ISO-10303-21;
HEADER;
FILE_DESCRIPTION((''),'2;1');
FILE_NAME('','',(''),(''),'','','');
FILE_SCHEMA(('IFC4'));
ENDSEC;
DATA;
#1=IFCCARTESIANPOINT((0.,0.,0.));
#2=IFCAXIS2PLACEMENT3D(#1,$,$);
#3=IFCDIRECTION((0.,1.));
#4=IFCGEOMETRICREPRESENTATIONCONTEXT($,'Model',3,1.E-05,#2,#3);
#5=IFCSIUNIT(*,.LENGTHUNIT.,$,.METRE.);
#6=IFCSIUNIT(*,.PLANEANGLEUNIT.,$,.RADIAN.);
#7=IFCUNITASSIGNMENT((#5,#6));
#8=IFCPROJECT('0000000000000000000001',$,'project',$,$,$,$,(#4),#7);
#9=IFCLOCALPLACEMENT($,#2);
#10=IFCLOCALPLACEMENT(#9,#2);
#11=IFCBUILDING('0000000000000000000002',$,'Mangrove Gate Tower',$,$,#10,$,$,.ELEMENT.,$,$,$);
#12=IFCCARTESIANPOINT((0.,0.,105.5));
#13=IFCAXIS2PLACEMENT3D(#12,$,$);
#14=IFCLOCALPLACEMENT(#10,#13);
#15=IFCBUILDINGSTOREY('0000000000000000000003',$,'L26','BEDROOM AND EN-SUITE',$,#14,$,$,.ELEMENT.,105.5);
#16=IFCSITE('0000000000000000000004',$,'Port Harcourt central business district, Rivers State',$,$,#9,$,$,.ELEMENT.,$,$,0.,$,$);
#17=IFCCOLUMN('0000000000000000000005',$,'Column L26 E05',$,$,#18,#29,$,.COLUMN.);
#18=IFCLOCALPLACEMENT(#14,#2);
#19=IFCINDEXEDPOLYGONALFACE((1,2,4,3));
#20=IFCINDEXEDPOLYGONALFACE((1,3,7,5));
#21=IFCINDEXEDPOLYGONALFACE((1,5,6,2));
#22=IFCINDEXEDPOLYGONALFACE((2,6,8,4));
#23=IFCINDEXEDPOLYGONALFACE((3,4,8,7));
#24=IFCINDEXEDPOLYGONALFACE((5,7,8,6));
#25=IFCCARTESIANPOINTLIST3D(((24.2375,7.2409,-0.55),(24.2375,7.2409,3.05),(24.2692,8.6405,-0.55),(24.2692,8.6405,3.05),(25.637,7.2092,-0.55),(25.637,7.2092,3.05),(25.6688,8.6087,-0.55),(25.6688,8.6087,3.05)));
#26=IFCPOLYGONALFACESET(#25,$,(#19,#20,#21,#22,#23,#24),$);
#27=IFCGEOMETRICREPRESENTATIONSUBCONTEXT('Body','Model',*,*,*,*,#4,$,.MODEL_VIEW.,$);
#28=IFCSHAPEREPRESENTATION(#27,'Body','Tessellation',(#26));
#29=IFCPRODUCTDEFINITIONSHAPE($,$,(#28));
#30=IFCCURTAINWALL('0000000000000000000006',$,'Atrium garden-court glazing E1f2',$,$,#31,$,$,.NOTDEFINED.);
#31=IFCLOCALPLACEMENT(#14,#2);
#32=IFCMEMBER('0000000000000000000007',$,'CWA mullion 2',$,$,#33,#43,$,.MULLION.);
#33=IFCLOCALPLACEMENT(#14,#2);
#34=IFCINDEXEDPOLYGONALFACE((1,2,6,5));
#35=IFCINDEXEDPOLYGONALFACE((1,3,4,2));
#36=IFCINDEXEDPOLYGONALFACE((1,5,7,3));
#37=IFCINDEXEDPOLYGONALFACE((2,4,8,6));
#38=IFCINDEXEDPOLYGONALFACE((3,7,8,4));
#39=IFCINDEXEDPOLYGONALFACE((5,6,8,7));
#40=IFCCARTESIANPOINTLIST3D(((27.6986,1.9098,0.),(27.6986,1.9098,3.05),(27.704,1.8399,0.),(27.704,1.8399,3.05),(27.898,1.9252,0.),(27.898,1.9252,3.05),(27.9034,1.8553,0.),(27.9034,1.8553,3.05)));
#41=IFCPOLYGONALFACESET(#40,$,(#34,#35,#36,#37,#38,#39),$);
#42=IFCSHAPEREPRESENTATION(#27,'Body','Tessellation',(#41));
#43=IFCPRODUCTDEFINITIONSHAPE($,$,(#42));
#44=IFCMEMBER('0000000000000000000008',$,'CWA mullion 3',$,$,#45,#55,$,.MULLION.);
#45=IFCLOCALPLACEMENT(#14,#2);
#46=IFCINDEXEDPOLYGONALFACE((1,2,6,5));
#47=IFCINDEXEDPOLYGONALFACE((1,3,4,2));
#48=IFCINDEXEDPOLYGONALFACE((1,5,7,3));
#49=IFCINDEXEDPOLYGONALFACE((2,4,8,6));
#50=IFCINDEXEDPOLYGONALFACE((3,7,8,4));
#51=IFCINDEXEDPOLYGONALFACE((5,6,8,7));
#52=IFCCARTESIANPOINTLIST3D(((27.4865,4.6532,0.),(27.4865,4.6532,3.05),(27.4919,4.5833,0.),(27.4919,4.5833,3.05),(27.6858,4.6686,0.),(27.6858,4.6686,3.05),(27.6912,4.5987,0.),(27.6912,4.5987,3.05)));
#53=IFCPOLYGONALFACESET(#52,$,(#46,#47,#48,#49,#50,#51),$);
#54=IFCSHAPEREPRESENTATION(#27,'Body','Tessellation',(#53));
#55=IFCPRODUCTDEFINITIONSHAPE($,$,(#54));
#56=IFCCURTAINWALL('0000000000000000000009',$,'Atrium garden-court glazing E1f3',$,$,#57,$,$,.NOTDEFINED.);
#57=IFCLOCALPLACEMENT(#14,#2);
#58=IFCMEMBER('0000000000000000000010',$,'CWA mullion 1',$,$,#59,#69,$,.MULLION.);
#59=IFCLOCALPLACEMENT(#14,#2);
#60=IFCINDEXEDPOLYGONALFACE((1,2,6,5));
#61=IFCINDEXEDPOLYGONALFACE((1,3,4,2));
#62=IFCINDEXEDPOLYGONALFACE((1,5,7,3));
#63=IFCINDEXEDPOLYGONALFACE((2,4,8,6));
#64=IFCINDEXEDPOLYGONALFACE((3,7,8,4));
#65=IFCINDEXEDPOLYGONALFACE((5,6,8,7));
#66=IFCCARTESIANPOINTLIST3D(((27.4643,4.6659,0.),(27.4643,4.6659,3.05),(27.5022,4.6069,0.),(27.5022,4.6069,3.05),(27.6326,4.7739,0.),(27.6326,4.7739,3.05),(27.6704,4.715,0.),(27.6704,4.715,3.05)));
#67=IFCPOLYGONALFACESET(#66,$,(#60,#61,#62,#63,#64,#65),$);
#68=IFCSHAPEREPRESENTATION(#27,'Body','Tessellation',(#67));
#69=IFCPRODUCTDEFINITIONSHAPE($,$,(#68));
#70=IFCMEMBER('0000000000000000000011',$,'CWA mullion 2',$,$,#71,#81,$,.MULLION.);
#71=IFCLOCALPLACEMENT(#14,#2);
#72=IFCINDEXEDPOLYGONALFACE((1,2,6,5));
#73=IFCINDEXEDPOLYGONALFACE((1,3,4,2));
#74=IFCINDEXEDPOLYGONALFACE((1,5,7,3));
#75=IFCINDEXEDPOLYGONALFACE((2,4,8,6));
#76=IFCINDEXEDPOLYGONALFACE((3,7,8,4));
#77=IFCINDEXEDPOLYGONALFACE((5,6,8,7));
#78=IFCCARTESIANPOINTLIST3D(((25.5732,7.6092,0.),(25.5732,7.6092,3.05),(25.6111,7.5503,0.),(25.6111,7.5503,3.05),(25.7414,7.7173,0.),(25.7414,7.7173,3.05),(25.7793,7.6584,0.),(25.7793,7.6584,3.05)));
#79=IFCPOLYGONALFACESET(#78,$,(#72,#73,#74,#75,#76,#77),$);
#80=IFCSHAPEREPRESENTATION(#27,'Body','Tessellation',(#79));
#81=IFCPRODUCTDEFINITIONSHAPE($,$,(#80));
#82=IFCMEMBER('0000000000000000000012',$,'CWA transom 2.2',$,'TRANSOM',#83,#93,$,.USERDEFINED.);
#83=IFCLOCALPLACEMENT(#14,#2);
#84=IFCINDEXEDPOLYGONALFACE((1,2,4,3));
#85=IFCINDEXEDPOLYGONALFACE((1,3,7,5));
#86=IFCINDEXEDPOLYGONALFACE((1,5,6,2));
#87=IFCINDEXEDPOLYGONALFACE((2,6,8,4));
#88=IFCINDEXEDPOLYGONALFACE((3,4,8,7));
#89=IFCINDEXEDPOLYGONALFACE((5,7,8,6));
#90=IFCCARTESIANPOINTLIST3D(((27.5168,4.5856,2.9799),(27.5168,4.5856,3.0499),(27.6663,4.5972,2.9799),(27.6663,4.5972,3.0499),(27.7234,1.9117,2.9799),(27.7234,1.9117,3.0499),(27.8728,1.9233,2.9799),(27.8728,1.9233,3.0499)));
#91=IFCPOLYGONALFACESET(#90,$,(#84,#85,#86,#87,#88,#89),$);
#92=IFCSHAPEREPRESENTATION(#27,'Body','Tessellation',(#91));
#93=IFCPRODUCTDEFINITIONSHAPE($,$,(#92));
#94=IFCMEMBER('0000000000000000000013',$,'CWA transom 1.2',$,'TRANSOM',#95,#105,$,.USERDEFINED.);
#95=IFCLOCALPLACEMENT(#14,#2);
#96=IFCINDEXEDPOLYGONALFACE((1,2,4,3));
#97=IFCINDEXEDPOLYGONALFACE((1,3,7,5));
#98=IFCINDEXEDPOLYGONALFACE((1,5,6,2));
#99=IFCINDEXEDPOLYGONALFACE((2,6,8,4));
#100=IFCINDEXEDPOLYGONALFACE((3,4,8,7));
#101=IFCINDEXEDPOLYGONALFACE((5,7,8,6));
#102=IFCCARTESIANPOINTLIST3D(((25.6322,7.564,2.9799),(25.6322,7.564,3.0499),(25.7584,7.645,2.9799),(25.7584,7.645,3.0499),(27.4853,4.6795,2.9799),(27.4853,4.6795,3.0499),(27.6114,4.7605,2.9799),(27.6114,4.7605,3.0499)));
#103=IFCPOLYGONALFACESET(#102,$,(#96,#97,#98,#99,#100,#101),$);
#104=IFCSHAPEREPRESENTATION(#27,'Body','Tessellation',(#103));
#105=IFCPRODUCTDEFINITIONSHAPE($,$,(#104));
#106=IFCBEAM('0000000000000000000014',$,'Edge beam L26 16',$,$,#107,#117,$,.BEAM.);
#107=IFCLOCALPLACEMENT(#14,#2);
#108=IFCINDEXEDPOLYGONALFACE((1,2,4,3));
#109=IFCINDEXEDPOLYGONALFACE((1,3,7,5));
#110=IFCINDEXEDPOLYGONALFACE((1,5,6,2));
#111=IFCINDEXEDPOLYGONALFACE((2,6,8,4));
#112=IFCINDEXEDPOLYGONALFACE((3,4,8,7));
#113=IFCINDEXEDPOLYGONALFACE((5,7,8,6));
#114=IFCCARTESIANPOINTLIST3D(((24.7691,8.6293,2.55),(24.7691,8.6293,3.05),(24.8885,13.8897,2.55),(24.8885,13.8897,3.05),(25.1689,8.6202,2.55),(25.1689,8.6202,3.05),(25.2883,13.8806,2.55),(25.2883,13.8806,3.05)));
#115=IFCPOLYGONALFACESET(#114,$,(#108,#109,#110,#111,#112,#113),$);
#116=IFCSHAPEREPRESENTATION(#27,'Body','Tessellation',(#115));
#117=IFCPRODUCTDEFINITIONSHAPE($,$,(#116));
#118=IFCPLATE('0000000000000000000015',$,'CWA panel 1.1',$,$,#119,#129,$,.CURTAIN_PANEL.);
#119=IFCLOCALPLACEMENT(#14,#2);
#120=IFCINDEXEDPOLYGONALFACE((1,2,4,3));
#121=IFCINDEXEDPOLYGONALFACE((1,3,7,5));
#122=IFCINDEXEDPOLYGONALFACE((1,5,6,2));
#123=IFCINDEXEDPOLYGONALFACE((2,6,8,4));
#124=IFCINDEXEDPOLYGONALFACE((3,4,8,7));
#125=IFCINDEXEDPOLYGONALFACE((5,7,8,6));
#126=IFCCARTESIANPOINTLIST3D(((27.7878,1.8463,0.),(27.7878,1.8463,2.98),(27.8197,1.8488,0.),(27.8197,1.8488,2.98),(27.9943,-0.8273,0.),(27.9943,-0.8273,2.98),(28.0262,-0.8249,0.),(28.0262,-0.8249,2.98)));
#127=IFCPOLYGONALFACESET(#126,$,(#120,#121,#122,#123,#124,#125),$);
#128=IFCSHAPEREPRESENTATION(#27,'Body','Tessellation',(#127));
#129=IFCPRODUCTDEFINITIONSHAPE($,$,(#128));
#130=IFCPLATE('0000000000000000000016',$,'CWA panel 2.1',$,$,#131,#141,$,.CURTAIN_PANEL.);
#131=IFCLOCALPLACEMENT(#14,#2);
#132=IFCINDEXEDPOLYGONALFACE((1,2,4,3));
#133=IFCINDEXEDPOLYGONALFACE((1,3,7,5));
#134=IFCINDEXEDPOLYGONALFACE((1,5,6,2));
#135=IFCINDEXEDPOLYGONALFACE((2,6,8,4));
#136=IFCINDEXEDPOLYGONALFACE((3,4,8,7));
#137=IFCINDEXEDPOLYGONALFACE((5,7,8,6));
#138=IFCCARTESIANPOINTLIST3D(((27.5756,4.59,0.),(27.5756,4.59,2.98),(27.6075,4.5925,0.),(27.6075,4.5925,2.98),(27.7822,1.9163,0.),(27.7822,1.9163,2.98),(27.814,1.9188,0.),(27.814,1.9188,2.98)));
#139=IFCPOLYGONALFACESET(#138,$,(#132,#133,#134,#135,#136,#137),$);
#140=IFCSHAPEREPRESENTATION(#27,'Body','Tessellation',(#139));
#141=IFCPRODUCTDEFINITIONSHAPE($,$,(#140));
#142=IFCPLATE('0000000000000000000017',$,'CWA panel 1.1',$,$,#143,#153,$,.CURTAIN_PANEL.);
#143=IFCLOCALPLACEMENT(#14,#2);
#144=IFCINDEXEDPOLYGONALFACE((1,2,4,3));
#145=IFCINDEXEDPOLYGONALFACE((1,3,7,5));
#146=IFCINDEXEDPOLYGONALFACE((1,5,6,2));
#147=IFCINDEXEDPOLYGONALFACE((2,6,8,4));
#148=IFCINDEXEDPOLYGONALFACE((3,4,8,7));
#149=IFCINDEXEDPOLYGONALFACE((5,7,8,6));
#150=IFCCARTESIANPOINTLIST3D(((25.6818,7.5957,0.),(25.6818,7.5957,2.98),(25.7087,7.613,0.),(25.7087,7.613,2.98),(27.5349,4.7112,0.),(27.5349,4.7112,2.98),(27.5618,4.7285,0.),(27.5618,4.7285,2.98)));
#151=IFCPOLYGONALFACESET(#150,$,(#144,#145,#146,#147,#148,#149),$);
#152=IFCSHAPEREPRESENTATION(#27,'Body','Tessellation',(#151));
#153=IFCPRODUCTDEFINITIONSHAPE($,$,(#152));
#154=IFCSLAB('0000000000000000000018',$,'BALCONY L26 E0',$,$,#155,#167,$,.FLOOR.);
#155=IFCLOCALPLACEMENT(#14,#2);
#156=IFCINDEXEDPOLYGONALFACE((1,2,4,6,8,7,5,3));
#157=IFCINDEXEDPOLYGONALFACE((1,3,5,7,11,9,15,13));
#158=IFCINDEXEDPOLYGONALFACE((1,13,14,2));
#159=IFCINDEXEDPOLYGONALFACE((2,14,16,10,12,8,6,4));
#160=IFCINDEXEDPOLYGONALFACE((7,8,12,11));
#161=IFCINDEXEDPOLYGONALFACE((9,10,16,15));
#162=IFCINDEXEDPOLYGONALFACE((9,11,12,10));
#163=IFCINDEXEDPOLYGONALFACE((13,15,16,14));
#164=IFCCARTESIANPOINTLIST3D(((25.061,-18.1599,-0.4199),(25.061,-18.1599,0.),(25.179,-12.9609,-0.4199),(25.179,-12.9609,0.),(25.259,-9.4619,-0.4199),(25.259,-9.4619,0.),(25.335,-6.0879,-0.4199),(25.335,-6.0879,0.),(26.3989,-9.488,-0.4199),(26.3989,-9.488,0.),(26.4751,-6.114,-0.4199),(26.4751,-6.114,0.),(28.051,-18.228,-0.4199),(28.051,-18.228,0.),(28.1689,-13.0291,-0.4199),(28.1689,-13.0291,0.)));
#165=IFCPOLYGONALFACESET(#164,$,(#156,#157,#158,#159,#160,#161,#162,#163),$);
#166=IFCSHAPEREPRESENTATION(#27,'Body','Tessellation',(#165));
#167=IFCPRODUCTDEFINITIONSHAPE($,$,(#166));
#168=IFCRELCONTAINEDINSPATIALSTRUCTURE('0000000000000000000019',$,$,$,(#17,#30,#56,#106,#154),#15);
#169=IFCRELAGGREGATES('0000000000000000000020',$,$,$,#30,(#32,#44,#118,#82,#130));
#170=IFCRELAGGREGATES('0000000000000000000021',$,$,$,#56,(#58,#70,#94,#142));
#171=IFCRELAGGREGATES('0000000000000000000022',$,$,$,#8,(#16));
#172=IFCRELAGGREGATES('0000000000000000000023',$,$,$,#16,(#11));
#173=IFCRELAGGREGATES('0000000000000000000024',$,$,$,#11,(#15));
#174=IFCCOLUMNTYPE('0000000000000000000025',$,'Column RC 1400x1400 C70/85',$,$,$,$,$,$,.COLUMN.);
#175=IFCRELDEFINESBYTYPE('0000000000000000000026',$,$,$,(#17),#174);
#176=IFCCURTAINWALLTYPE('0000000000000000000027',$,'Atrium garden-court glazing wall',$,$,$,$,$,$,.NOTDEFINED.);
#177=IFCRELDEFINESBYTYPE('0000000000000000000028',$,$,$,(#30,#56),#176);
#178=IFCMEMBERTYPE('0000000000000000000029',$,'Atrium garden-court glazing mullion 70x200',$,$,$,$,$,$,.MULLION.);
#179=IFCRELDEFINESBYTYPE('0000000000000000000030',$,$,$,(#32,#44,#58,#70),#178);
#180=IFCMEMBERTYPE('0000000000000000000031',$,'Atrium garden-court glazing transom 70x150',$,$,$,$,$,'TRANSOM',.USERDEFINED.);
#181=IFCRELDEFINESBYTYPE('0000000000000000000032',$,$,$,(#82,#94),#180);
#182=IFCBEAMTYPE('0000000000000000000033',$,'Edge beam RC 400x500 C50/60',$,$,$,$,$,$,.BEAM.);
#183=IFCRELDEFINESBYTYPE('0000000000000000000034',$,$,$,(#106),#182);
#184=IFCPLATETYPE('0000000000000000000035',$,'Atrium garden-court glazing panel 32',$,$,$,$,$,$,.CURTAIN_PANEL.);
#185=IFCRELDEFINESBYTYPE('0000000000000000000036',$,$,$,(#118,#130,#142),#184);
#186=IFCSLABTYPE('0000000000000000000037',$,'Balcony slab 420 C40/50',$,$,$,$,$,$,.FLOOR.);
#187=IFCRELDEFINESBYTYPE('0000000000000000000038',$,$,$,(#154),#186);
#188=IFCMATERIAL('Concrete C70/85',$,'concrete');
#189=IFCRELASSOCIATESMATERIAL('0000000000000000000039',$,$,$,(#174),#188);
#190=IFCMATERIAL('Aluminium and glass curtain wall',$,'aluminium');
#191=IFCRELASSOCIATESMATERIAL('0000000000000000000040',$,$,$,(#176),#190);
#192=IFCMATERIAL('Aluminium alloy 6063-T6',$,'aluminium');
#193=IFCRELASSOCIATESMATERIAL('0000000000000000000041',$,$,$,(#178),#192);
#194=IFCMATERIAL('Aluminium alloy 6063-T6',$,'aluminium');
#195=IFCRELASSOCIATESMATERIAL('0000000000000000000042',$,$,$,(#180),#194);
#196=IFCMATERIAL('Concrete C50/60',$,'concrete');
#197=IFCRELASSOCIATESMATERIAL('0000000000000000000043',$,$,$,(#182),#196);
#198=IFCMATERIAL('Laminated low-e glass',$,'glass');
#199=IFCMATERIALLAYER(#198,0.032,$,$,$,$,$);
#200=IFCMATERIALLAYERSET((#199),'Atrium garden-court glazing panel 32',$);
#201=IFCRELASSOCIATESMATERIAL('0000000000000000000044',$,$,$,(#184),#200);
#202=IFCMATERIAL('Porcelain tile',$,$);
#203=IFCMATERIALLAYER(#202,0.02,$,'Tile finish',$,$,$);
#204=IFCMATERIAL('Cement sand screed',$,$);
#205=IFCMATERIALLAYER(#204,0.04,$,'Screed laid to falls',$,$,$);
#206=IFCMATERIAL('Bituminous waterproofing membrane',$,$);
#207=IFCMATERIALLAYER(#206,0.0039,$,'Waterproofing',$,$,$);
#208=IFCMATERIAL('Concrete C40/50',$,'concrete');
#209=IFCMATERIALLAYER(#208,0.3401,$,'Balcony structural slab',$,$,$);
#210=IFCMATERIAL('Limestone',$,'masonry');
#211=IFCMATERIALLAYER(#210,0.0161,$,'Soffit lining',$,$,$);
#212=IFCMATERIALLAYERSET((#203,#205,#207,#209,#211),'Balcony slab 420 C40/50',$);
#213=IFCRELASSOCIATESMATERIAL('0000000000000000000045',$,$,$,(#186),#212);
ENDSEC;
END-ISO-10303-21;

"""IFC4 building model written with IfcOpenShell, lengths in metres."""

from ifc_helpers import new_model, si_unit, direction, frame, origin, origin_2d, place, context, subcontext, project, spatial, polyline, rectangle, outline, extrude, material, layer, layer_set, material_profile, profile_set, type_object, element, aggregate, save


model = new_model("IFC4")

# Units and contexts
model_context = context("Model", 3, precision=1e-05, world=origin(), true_north=direction((0.0, 1.0)))
body_context = subcontext(model_context, "Body", "Model", "MODEL_VIEW")
ifc_project = project(units=[si_unit("LENGTHUNIT", "METRE"), si_unit("PLANEANGLEUNIT", "RADIAN")], contexts=[model_context])

# Site, building, storey
site_placement = place(None, origin())
site = spatial("IfcSite", under=ifc_project, at=site_placement, Name="Port Harcourt central business district, Rivers State", CompositionType="ELEMENT", RefElevation=0.0)
building_placement = place(site_placement, origin())
building = spatial("IfcBuilding", under=site, at=building_placement, Name="Mangrove Gate Tower", CompositionType="ELEMENT")
storey_placement = place(building_placement, frame((0.0, 0.0, 105.5)))
storey = spatial("IfcBuildingStorey", under=building, at=storey_placement, Name="L26", Description="BEDROOM AND EN-SUITE", CompositionType="ELEMENT", Elevation=105.5)

# Column
ifc_material_1 = material(Name="Concrete C70/85", Category="concrete")
ifc_material_profile_1 = material_profile(ifc_material_1, rectangle(XDim=1.3999, YDim=1.3999, at=origin_2d()))
ifc_profile_set_1 = profile_set([ifc_material_profile_1], Name="Concrete C70/85")
column_type = type_object("IfcColumnType", Name="Column RC 1400x1400 C70/85", PredefinedType="COLUMN", material=ifc_profile_set_1)
column_placement = place(storey_placement, frame((24.9531, 7.9248, -0.55), z_axis=(0.0, 0.0, 1.0), x_axis=(0.022682, 0.999743, 0.0)))
element("IfcColumn", 1, at=column_placement, inside=storey, type_object=column_type, Name="Column L26 E05", PredefinedType="COLUMN", context=body_context, shape_type="SweptSolid", body=[
    extrude(rectangle(XDim=1.3999, YDim=1.3999, at=origin_2d()), origin(), (0.0, 0.0, 1.0), 3.6001),
])

# Curtain walls, members
ifc_material_2 = material(Name="Aluminium and glass curtain wall", Category="aluminium")
curtain_wall_type = type_object("IfcCurtainWallType", Name="Atrium garden-court glazing wall", PredefinedType="NOTDEFINED", material=ifc_material_2)
curtain_wall_1_placement = place(storey_placement, origin())
curtain_wall_1 = element("IfcCurtainWall", 2, at=curtain_wall_1_placement, inside=storey, type_object=curtain_wall_type, Name="Atrium garden-court glazing E1f2", PredefinedType="NOTDEFINED")
ifc_material_3 = material(Name="Aluminium alloy 6063-T6", Category="aluminium")
ifc_material_profile_2 = material_profile(ifc_material_3, rectangle(XDim=0.0701, YDim=0.2, at=origin_2d()))
ifc_profile_set_2 = profile_set([ifc_material_profile_2], Name="Aluminium alloy 6063-T6")
member_type_1 = type_object("IfcMemberType", Name="Atrium garden-court glazing mullion 70x200", PredefinedType="MULLION", material=ifc_profile_set_2)
member_1_placement = place(storey_placement, frame((27.801, 1.8826, 0.0), z_axis=(0.0, 0.0, 1.0), x_axis=(-0.077023, 0.997029, 0.0)))
member_1 = element("IfcMember", 3, at=member_1_placement, type_object=member_type_1, Name="CWA mullion 2", PredefinedType="MULLION", context=body_context, shape_type="SweptSolid", body=[
    extrude(rectangle(XDim=0.0701, YDim=0.2, at=origin_2d()), origin(), (0.0, 0.0, 1.0), 3.05),
])
member_2_placement = place(storey_placement, frame((27.5889, 4.626, 0.0), z_axis=(0.0, 0.0, 1.0), x_axis=(-0.077023, 0.997029, 0.0)))
member_2 = element("IfcMember", 4, at=member_2_placement, type_object=member_type_1, Name="CWA mullion 3", PredefinedType="MULLION", context=body_context, shape_type="SweptSolid", body=[
    extrude(rectangle(XDim=0.0701, YDim=0.2, at=origin_2d()), origin(), (0.0, 0.0, 1.0), 3.05),
])
curtain_wall_2_placement = place(storey_placement, origin())
curtain_wall_2 = element("IfcCurtainWall", 5, at=curtain_wall_2_placement, inside=storey, type_object=curtain_wall_type, Name="Atrium garden-court glazing E1f3", PredefinedType="NOTDEFINED")
member_3_placement = place(storey_placement, frame((27.5674, 4.6904, 0.0), z_axis=(0.0, 0.0, 1.0), x_axis=(-0.540511, 0.841337, 0.0)))
member_3 = element("IfcMember", 6, at=member_3_placement, type_object=member_type_1, Name="CWA mullion 1", PredefinedType="MULLION", context=body_context, shape_type="SweptSolid", body=[
    extrude(rectangle(XDim=0.0701, YDim=0.2, at=origin_2d()), origin(), (0.0, 0.0, 1.0), 3.05),
])
member_4_placement = place(storey_placement, frame((25.6763, 7.6338, 0.0), z_axis=(0.0, 0.0, 1.0), x_axis=(-0.540511, 0.841337, 0.0)))
member_4 = element("IfcMember", 7, at=member_4_placement, type_object=member_type_1, Name="CWA mullion 2", PredefinedType="MULLION", context=body_context, shape_type="SweptSolid", body=[
    extrude(rectangle(XDim=0.0701, YDim=0.2, at=origin_2d()), origin(), (0.0, 0.0, 1.0), 3.05),
])

# Members
ifc_material_4 = material(Name="Aluminium alloy 6063-T6", Category="aluminium")
ifc_material_profile_3 = material_profile(ifc_material_4, rectangle(XDim=0.0701, YDim=0.1499, at=origin_2d()))
ifc_profile_set_3 = profile_set([ifc_material_profile_3], Name="Aluminium alloy 6063-T6")
member_type_2 = type_object("IfcMemberType", Name="Atrium garden-court glazing transom 70x150", ElementType="TRANSOM", PredefinedType="USERDEFINED", material=ifc_profile_set_3)
member_5_placement = place(storey_placement, frame((27.7981, 1.9175, 3.0149), z_axis=(-0.077017, 0.99703, 0.0), x_axis=(0.0, 0.0, 1.0)))
member_5 = element("IfcMember", 8, at=member_5_placement, type_object=member_type_2, Name="CWA transom 2.2", ObjectType="TRANSOM", PredefinedType="USERDEFINED", context=body_context, shape_type="SweptSolid", body=[
    extrude(rectangle(XDim=0.0701, YDim=0.1499, at=origin_2d()), origin(), (0.0, 0.0, 1.0), 2.6819),
])
member_6_placement = place(storey_placement, frame((27.5483, 4.72, 3.0149), z_axis=(-0.540488, 0.841352, 0.0), x_axis=(0.0, 0.0, 1.0)))
member_6 = element("IfcMember", 9, at=member_6_placement, type_object=member_type_2, Name="CWA transom 1.2", ObjectType="TRANSOM", PredefinedType="USERDEFINED", context=body_context, shape_type="SweptSolid", body=[
    extrude(rectangle(XDim=0.0701, YDim=0.1499, at=origin_2d()), origin(), (0.0, 0.0, 1.0), 3.4285),
])

# Beam
ifc_material_5 = material(Name="Concrete C50/60", Category="concrete")
ifc_material_profile_4 = material_profile(ifc_material_5, rectangle(XDim=0.3999, YDim=0.5, at=origin_2d()))
ifc_profile_set_4 = profile_set([ifc_material_profile_4], Name="Concrete C50/60")
beam_type = type_object("IfcBeamType", Name="Edge beam RC 400x500 C50/60", PredefinedType="BEAM", material=ifc_profile_set_4)
beam_placement = place(storey_placement, frame((24.969, 8.6248, 2.8), z_axis=(0.02269, 0.999743, 0.0), x_axis=(-0.999743, 0.02269, 0.0)))
element("IfcBeam", 10, at=beam_placement, inside=storey, type_object=beam_type, Name="Edge beam L26 16", PredefinedType="BEAM", context=body_context, shape_type="SweptSolid", body=[
    extrude(rectangle(XDim=0.3999, YDim=0.5, at=origin_2d()), origin(), (0.0, 0.0, 1.0), 5.2617),
])

# Plates
ifc_material_6 = material(Name="Laminated low-e glass", Category="glass")
ifc_layer_1 = layer(ifc_material_6, 0.032)
ifc_layer_set_1 = layer_set([ifc_layer_1], Name="Atrium garden-court glazing panel 32")
plate_type = type_object("IfcPlateType", Name="Atrium garden-court glazing panel 32", PredefinedType="CURTAIN_PANEL", material=ifc_layer_set_1)
plate_1_placement = place(storey_placement, frame((27.907, 0.5107, 0.0), z_axis=(0.0, 0.0, 1.0), x_axis=(-0.077023, 0.997029, 0.0)))
plate_1 = element("IfcPlate", 11, at=plate_1_placement, type_object=plate_type, Name="CWA panel 1.1", PredefinedType="CURTAIN_PANEL", context=body_context, shape_type="SweptSolid", body=[
    extrude(rectangle(XDim=2.6816, YDim=0.032, at=origin_2d()), origin(), (0.0, 0.0, 1.0), 2.98),
])
plate_2_placement = place(storey_placement, frame((27.6948, 3.2544, 0.0), z_axis=(0.0, 0.0, 1.0), x_axis=(-0.077023, 0.997029, 0.0)))
plate_2 = element("IfcPlate", 12, at=plate_2_placement, type_object=plate_type, Name="CWA panel 2.1", PredefinedType="CURTAIN_PANEL", context=body_context, shape_type="SweptSolid", body=[
    extrude(rectangle(XDim=2.6816, YDim=0.032, at=origin_2d()), origin(), (0.0, 0.0, 1.0), 2.98),
])
aggregate(curtain_wall_1, [member_1, member_2, plate_1, member_5, plate_2])
plate_3_placement = place(storey_placement, frame((26.6218, 6.1621, 0.0), z_axis=(0.0, 0.0, 1.0), x_axis=(-0.540511, 0.841337, 0.0)))
plate_3 = element("IfcPlate", 13, at=plate_3_placement, type_object=plate_type, Name="CWA panel 1.1", PredefinedType="CURTAIN_PANEL", context=body_context, shape_type="SweptSolid", body=[
    extrude(rectangle(XDim=3.4285, YDim=0.032, at=origin_2d()), origin(), (0.0, 0.0, 1.0), 2.98),
])
aggregate(curtain_wall_2, [member_3, member_4, member_6, plate_3])

# Slab
ifc_material_7 = material(Name="Porcelain tile")
ifc_layer_2 = layer(ifc_material_7, 0.02, Name="Tile finish")
ifc_material_8 = material(Name="Cement sand screed")
ifc_layer_3 = layer(ifc_material_8, 0.04, Name="Screed laid to falls")
ifc_material_9 = material(Name="Bituminous waterproofing membrane")
ifc_layer_4 = layer(ifc_material_9, 0.0039, Name="Waterproofing")
ifc_material_10 = material(Name="Concrete C40/50", Category="concrete")
ifc_layer_5 = layer(ifc_material_10, 0.3401, Name="Balcony structural slab")
ifc_material_11 = material(Name="Limestone", Category="masonry")
ifc_layer_6 = layer(ifc_material_11, 0.0161, Name="Soffit lining")
ifc_layer_set_2 = layer_set([ifc_layer_2, ifc_layer_3, ifc_layer_4, ifc_layer_5, ifc_layer_6], Name="Balcony slab 420 C40/50")
slab_type_1 = type_object("IfcSlabType", Name="Balcony slab 420 C40/50", PredefinedType="FLOOR", material=ifc_layer_set_2)
slab_1_placement = place(storey_placement, frame((0.0, 0.0, -0.4199)))
element("IfcSlab", 14, at=slab_1_placement, inside=storey, type_object=slab_type_1, Name="BALCONY L26 E0", PredefinedType="FLOOR", context=body_context, shape_type="SweptSolid", body=[
    extrude(outline(polyline([(28.051, -18.228), (28.1689, -13.0291), (26.3989, -9.488), (26.4751, -6.114), (25.335, -6.0879), (25.259, -9.4619), (25.179, -12.9609), (25.061, -18.1599), (28.051, -18.228)])), origin(), (0.0, 0.0, 1.0), 0.4199),
])

save(model, "model.ifc")
